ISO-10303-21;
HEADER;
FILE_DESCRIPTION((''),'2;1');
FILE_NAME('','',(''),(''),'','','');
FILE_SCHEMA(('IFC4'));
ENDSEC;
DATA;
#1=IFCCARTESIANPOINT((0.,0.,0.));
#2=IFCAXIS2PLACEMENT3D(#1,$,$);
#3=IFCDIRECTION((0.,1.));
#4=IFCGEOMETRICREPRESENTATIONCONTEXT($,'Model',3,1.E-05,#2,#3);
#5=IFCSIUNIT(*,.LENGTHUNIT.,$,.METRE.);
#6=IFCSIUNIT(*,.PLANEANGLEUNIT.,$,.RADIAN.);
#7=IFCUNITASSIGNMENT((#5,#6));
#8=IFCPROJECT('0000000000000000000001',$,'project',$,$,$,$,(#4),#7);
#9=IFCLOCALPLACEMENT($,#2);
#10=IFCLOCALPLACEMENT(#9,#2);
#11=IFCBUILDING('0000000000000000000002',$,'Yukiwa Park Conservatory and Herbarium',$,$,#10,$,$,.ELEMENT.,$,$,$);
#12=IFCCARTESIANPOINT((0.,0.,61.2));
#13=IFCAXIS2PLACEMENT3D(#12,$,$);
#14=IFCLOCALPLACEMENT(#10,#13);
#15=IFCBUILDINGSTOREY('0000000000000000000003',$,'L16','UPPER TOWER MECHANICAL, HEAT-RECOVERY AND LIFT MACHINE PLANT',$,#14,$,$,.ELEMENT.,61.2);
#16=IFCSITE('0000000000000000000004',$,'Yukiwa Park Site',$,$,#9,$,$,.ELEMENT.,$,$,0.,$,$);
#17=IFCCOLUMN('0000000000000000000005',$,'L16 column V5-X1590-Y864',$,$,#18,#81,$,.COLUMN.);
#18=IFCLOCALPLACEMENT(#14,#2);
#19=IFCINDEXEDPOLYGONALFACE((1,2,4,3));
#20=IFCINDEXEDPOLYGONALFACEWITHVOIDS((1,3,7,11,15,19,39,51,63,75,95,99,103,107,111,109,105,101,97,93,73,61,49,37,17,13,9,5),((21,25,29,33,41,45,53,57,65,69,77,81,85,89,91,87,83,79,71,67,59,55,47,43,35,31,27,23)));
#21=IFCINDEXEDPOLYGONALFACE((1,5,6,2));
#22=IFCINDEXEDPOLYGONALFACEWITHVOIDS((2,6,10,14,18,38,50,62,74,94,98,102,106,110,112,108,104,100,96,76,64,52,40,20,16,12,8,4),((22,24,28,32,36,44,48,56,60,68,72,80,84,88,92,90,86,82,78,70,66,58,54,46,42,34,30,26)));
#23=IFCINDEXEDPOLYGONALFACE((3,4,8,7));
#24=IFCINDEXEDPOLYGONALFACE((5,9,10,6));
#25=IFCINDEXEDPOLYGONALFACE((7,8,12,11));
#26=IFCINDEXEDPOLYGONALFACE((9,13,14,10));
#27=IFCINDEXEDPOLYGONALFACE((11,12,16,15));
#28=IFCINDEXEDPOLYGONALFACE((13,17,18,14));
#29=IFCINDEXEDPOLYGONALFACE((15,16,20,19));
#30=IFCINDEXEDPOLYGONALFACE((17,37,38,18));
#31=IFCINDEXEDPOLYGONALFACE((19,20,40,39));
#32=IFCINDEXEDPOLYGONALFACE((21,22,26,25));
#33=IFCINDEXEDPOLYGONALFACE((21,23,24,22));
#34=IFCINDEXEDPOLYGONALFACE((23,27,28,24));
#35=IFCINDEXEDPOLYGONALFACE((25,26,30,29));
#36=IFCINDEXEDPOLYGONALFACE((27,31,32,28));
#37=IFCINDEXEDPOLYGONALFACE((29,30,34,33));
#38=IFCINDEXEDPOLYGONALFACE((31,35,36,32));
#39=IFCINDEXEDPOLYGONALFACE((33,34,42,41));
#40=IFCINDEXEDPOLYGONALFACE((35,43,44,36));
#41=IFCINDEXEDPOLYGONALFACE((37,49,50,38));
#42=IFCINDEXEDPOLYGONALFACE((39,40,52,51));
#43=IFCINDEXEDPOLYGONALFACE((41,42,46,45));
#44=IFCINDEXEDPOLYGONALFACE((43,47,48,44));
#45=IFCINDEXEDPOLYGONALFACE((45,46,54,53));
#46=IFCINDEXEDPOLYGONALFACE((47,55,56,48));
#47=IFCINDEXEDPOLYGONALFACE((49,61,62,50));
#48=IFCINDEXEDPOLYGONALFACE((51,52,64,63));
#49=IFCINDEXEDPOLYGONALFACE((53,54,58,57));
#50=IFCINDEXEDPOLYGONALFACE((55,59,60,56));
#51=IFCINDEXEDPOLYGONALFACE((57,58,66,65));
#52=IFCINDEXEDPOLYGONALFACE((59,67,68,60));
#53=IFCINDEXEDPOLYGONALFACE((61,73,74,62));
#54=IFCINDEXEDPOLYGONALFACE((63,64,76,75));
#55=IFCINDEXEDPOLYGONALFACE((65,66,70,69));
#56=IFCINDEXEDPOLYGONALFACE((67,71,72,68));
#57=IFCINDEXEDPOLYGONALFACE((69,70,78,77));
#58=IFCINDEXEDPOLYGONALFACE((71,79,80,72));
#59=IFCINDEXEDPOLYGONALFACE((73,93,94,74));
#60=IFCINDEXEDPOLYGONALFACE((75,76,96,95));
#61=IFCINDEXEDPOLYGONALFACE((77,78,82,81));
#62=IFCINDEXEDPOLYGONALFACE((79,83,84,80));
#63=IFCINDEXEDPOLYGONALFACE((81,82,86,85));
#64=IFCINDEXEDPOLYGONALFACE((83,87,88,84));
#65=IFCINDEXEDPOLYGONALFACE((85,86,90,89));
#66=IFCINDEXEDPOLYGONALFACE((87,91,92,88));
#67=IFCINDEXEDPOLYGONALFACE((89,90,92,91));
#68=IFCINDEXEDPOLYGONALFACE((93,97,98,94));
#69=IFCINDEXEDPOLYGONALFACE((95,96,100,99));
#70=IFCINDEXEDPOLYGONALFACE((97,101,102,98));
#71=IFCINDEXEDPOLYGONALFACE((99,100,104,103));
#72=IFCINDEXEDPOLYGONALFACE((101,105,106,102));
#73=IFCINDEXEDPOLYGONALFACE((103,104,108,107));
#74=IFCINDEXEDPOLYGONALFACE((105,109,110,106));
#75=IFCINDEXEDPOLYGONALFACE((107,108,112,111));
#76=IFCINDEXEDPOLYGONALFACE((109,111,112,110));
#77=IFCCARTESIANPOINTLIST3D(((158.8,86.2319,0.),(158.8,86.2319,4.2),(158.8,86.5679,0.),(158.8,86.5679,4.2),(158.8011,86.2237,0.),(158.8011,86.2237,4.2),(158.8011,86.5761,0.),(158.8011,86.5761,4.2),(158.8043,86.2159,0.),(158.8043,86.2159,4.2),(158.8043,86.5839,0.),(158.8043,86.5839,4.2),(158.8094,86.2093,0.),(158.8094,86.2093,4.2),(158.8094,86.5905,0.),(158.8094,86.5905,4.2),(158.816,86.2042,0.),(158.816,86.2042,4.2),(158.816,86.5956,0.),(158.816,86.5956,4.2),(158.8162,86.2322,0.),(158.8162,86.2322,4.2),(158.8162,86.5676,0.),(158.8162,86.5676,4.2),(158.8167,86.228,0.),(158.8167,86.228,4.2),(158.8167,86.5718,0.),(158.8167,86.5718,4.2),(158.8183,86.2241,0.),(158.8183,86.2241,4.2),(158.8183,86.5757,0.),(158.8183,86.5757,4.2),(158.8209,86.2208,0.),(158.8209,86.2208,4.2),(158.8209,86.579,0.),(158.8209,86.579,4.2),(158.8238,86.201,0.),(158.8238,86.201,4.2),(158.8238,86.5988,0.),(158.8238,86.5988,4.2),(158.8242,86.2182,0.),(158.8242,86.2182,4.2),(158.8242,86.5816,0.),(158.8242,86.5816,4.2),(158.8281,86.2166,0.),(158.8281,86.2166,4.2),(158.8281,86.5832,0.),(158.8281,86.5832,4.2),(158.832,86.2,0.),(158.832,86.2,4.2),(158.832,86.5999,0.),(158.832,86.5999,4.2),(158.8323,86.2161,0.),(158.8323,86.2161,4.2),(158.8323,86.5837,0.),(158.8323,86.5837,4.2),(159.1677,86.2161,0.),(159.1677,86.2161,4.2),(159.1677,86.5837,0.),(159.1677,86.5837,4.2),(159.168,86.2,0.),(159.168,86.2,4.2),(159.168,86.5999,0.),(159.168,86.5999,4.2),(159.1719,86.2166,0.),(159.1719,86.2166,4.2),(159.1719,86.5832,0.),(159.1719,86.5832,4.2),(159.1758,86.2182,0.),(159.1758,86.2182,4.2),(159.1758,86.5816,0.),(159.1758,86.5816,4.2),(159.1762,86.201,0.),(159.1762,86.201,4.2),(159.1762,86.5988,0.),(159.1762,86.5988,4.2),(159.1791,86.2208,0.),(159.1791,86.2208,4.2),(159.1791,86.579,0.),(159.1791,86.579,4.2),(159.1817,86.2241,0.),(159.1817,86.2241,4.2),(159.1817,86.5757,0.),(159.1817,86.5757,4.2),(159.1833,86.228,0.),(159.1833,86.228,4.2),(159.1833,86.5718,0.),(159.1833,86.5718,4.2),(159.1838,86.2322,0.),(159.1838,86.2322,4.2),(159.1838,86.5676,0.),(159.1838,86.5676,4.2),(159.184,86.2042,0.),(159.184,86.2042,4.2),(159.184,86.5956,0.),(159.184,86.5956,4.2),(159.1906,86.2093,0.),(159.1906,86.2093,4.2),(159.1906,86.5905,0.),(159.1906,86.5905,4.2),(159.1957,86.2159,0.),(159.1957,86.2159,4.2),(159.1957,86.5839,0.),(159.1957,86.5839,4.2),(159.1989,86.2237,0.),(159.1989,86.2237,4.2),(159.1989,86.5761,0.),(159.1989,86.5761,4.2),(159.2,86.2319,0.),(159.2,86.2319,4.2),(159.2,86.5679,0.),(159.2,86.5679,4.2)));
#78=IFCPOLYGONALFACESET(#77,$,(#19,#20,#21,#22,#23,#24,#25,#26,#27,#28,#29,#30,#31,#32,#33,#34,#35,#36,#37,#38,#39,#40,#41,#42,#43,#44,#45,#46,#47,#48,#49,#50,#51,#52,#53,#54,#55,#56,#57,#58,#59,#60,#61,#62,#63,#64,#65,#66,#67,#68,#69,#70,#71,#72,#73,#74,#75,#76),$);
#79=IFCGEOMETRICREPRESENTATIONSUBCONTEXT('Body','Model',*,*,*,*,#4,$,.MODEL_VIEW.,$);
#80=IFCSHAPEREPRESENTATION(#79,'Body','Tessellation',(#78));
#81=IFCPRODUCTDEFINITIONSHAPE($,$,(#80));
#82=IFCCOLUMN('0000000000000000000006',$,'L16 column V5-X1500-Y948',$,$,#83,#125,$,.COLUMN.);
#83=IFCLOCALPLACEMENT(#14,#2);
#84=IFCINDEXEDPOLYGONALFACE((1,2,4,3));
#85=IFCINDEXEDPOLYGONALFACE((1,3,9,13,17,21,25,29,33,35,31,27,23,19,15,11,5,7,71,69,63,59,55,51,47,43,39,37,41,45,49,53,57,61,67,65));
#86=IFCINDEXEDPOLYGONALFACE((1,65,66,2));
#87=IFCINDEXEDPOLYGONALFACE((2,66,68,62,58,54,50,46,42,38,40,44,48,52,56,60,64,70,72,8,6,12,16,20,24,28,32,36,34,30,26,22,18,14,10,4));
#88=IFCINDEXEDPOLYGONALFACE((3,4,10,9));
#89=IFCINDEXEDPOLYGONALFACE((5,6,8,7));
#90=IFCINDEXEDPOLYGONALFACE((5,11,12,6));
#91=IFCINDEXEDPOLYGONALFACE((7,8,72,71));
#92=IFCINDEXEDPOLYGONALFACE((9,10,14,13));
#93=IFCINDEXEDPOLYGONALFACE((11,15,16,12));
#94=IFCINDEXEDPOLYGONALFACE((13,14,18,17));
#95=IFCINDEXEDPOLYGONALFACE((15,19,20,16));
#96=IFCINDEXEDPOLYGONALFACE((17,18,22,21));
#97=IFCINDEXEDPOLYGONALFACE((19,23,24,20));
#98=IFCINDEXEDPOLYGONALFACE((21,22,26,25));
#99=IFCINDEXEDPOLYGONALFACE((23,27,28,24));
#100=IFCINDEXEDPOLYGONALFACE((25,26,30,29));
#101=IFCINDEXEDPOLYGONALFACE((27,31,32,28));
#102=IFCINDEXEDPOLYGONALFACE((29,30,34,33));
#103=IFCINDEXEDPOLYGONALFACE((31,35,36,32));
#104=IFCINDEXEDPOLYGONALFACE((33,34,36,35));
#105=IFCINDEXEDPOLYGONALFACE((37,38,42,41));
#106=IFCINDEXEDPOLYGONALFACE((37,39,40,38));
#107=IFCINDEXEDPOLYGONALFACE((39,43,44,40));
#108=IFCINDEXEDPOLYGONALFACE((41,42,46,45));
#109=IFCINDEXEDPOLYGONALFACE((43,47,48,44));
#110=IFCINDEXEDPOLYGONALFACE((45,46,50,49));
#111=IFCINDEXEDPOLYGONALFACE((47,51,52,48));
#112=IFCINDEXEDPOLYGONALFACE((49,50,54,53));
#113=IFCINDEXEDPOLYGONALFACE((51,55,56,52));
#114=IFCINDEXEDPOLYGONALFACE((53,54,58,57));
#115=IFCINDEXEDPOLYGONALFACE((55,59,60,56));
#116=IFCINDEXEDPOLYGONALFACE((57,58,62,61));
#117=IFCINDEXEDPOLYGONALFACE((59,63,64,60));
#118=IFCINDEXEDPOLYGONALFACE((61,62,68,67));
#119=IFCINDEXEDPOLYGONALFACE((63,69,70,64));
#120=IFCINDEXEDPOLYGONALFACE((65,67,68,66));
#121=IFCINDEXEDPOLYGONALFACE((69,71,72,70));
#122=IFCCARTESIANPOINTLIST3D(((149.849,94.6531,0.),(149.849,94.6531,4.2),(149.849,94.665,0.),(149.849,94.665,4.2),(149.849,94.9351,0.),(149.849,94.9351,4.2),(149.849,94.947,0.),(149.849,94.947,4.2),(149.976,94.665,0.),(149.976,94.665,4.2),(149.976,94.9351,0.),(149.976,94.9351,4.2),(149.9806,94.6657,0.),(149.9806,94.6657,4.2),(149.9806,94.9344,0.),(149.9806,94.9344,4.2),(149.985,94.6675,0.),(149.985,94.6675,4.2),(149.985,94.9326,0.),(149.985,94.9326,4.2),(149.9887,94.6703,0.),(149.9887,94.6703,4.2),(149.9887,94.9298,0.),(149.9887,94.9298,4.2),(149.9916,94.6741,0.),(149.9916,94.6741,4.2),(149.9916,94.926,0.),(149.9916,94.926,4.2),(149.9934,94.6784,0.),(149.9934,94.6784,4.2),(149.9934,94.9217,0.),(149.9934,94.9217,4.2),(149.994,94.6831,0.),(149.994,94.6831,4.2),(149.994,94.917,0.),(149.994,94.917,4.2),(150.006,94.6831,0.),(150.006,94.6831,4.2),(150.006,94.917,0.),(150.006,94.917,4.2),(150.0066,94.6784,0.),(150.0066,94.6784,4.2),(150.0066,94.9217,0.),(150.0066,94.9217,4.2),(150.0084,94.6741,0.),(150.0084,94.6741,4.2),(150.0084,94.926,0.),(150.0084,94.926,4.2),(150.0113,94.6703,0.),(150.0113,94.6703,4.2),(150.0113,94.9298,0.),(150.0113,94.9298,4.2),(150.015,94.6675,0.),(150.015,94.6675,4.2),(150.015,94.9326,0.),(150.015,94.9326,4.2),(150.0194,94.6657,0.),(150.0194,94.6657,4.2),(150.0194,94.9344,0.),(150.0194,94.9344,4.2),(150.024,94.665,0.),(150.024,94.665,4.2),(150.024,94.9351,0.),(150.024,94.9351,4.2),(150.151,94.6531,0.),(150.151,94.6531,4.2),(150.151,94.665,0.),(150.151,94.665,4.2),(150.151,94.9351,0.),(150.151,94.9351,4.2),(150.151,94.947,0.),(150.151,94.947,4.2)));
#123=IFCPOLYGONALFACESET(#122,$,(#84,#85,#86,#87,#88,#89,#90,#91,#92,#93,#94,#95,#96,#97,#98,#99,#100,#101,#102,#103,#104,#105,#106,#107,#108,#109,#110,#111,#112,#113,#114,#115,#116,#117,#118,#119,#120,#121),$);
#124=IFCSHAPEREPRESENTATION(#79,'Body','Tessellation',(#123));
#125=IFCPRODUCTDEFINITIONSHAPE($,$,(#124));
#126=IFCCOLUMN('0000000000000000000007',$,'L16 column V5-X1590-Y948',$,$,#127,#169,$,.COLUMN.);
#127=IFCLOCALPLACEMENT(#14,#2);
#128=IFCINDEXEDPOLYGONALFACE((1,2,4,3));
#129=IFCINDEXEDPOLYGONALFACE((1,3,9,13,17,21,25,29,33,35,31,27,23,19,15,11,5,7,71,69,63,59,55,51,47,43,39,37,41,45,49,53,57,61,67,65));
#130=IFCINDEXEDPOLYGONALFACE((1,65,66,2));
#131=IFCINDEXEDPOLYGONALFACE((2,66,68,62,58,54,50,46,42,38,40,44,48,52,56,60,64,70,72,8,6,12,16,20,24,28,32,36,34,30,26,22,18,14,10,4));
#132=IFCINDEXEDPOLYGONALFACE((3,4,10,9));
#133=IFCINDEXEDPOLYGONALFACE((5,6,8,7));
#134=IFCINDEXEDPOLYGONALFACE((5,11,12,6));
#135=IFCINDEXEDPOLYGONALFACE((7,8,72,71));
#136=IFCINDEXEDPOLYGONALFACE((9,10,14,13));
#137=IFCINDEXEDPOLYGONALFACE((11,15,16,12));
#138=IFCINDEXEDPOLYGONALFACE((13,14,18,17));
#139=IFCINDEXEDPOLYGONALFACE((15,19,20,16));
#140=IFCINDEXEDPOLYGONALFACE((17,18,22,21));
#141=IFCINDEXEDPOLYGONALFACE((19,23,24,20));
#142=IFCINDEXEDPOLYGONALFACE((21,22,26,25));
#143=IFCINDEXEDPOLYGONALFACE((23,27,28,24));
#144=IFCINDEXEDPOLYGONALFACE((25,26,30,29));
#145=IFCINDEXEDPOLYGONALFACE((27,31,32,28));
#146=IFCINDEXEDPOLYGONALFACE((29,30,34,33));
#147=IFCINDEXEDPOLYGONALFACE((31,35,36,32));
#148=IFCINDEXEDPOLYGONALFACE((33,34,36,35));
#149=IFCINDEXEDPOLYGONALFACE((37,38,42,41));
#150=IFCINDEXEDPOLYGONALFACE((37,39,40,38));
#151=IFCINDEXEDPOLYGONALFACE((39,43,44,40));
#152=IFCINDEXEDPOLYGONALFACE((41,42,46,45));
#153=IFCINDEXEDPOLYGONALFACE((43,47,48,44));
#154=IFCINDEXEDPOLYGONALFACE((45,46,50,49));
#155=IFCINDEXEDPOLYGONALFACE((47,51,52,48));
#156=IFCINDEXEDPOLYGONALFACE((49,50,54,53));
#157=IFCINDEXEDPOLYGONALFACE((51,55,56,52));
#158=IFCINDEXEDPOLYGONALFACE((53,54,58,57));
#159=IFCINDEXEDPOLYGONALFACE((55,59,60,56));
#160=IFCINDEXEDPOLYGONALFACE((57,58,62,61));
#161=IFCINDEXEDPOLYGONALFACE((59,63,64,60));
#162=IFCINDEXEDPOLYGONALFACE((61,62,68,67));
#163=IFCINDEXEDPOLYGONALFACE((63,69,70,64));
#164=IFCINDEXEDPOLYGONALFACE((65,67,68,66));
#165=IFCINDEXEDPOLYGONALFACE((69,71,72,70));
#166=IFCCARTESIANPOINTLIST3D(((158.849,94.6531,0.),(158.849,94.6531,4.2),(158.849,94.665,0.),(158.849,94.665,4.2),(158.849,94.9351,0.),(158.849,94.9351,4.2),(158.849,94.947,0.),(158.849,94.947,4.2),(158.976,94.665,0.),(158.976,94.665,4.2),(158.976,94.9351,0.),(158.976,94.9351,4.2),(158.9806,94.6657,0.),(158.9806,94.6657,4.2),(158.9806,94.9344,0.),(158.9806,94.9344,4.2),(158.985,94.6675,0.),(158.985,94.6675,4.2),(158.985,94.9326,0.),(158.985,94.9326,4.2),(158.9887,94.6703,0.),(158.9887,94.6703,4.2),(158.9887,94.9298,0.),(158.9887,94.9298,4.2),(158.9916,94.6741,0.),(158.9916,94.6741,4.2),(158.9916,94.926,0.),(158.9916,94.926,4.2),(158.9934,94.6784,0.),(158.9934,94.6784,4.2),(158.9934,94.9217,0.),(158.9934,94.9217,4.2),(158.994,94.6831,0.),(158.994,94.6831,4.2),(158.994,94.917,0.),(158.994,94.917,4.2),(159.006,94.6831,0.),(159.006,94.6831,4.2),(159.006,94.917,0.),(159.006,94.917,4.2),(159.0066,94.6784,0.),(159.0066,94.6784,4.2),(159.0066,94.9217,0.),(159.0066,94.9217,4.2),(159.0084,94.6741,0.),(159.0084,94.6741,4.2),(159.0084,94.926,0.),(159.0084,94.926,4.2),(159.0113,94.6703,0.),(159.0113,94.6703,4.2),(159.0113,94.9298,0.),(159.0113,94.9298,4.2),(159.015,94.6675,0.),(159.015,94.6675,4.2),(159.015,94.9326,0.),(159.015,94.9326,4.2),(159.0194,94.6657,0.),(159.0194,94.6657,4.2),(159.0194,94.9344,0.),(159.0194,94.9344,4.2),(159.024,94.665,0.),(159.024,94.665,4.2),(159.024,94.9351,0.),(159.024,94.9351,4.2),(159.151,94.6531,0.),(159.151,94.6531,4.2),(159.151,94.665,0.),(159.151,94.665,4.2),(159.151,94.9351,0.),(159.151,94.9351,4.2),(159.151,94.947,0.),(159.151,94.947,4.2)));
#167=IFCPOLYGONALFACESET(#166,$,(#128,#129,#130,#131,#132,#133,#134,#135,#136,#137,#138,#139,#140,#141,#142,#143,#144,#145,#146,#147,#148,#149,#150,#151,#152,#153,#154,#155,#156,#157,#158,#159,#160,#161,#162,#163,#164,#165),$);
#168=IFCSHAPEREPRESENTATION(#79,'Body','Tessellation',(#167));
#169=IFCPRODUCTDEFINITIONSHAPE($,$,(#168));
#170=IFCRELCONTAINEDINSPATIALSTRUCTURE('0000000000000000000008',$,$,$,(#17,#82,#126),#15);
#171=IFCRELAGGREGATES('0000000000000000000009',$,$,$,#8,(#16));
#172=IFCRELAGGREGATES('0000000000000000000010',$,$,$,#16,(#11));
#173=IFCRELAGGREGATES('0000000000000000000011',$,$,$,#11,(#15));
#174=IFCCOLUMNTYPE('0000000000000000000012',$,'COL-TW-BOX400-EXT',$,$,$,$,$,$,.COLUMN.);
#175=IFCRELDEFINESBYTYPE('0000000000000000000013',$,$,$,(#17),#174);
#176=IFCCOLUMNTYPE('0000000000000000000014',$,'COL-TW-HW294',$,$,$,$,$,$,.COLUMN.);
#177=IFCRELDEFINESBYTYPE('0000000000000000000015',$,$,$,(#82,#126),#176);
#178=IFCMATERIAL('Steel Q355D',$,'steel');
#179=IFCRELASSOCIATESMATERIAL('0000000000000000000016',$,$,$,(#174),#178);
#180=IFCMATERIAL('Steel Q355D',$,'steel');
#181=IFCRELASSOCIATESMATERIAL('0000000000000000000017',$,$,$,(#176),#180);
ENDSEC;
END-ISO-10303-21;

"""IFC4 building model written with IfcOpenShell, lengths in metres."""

from ifc_helpers import new_model, si_unit, direction, frame, origin, origin_2d, place, context, subcontext, project, spatial, hollow_rectangle, i_section, extrude, material, material_profile, profile_set, type_object, element, save


model = new_model("IFC4")

# Units and contexts
model_context = context("Model", 3, precision=1e-05, world=origin(), true_north=direction((0.0, 1.0)))
body_context = subcontext(model_context, "Body", "Model", "MODEL_VIEW")
ifc_project = project(units=[si_unit("LENGTHUNIT", "METRE"), si_unit("PLANEANGLEUNIT", "RADIAN")], contexts=[model_context])

# Site, building, storey
site_placement = place(None, origin())
site = spatial("IfcSite", under=ifc_project, at=site_placement, Name="Yukiwa Park Site", CompositionType="ELEMENT", RefElevation=0.0)
building_placement = place(site_placement, origin())
building = spatial("IfcBuilding", under=site, at=building_placement, Name="Yukiwa Park Conservatory and Herbarium", CompositionType="ELEMENT")
storey_placement = place(building_placement, frame((0.0, 0.0, 61.2)))
storey = spatial("IfcBuildingStorey", under=building, at=storey_placement, Name="L16", Description="UPPER TOWER MECHANICAL, HEAT-RECOVERY AND LIFT MACHINE PLANT", CompositionType="ELEMENT", Elevation=61.2)

# Columns
ifc_material_1 = material(Name="Steel Q355D", Category="steel")
ifc_material_profile_1 = material_profile(ifc_material_1, hollow_rectangle(XDim=0.3999, YDim=0.3999, WallThickness=0.0161, InnerFilletRadius=0.0161, OuterFilletRadius=0.032, at=origin_2d()), Name="BOX 400x400x16")
ifc_profile_set_1 = profile_set([ifc_material_profile_1], Name="Steel Q355D")
column_type_1 = type_object("IfcColumnType", Name="COL-TW-BOX400-EXT", PredefinedType="COLUMN", material=ifc_profile_set_1)
column_placement = place(storey_placement, frame((159.0, 86.3999, 0.0), z_axis=(0.0, 0.0, 1.0), x_axis=(1.0, 0.0, 0.0)))
element("IfcColumn", 1, at=column_placement, inside=storey, type_object=column_type_1, Name="L16 column V5-X1590-Y864", PredefinedType="COLUMN", context=body_context, shape_type="SweptSolid", body=[
    extrude(hollow_rectangle(XDim=0.3999, YDim=0.3999, WallThickness=0.0161, InnerFilletRadius=0.0161, OuterFilletRadius=0.032, at=origin_2d()), origin(), (0.0, 0.0, 1.0), 4.2),
])
ifc_material_2 = material(Name="Steel Q355D", Category="steel")
ifc_material_profile_2 = material_profile(ifc_material_2, i_section(OverallWidth=0.302, OverallDepth=0.2939, WebThickness=0.012, FlangeThickness=0.012, FilletRadius=0.0181, at=origin_2d()), Name="HW 294x302x12x12")
ifc_profile_set_2 = profile_set([ifc_material_profile_2], Name="Steel Q355D")
column_type_2 = type_object("IfcColumnType", Name="COL-TW-HW294", PredefinedType="COLUMN", material=ifc_profile_set_2)
for number, where, z_axis, x_axis, name in (
    (2, (150.0, 94.8, 0.0), (0.0, 0.0, 1.0), (1.0, 0.0, 0.0), "L16 column V5-X1500-Y948"),
    (3, (159.0, 94.8, 0.0), (0.0, 0.0, 1.0), (1.0, 0.0, 0.0), "L16 column V5-X1590-Y948"),
):
    element("IfcColumn", number, at=place(storey_placement, frame(where, z_axis=z_axis, x_axis=x_axis)), inside=storey, type_object=column_type_2, Name=name, PredefinedType="COLUMN", context=body_context, shape_type="SweptSolid", body=[
        extrude(i_section(OverallWidth=0.302, OverallDepth=0.2939, WebThickness=0.012, FlangeThickness=0.012, FilletRadius=0.0181, at=origin_2d()), origin(), (0.0, 0.0, 1.0), 4.2),
    ])

save(model, "model.ifc")
